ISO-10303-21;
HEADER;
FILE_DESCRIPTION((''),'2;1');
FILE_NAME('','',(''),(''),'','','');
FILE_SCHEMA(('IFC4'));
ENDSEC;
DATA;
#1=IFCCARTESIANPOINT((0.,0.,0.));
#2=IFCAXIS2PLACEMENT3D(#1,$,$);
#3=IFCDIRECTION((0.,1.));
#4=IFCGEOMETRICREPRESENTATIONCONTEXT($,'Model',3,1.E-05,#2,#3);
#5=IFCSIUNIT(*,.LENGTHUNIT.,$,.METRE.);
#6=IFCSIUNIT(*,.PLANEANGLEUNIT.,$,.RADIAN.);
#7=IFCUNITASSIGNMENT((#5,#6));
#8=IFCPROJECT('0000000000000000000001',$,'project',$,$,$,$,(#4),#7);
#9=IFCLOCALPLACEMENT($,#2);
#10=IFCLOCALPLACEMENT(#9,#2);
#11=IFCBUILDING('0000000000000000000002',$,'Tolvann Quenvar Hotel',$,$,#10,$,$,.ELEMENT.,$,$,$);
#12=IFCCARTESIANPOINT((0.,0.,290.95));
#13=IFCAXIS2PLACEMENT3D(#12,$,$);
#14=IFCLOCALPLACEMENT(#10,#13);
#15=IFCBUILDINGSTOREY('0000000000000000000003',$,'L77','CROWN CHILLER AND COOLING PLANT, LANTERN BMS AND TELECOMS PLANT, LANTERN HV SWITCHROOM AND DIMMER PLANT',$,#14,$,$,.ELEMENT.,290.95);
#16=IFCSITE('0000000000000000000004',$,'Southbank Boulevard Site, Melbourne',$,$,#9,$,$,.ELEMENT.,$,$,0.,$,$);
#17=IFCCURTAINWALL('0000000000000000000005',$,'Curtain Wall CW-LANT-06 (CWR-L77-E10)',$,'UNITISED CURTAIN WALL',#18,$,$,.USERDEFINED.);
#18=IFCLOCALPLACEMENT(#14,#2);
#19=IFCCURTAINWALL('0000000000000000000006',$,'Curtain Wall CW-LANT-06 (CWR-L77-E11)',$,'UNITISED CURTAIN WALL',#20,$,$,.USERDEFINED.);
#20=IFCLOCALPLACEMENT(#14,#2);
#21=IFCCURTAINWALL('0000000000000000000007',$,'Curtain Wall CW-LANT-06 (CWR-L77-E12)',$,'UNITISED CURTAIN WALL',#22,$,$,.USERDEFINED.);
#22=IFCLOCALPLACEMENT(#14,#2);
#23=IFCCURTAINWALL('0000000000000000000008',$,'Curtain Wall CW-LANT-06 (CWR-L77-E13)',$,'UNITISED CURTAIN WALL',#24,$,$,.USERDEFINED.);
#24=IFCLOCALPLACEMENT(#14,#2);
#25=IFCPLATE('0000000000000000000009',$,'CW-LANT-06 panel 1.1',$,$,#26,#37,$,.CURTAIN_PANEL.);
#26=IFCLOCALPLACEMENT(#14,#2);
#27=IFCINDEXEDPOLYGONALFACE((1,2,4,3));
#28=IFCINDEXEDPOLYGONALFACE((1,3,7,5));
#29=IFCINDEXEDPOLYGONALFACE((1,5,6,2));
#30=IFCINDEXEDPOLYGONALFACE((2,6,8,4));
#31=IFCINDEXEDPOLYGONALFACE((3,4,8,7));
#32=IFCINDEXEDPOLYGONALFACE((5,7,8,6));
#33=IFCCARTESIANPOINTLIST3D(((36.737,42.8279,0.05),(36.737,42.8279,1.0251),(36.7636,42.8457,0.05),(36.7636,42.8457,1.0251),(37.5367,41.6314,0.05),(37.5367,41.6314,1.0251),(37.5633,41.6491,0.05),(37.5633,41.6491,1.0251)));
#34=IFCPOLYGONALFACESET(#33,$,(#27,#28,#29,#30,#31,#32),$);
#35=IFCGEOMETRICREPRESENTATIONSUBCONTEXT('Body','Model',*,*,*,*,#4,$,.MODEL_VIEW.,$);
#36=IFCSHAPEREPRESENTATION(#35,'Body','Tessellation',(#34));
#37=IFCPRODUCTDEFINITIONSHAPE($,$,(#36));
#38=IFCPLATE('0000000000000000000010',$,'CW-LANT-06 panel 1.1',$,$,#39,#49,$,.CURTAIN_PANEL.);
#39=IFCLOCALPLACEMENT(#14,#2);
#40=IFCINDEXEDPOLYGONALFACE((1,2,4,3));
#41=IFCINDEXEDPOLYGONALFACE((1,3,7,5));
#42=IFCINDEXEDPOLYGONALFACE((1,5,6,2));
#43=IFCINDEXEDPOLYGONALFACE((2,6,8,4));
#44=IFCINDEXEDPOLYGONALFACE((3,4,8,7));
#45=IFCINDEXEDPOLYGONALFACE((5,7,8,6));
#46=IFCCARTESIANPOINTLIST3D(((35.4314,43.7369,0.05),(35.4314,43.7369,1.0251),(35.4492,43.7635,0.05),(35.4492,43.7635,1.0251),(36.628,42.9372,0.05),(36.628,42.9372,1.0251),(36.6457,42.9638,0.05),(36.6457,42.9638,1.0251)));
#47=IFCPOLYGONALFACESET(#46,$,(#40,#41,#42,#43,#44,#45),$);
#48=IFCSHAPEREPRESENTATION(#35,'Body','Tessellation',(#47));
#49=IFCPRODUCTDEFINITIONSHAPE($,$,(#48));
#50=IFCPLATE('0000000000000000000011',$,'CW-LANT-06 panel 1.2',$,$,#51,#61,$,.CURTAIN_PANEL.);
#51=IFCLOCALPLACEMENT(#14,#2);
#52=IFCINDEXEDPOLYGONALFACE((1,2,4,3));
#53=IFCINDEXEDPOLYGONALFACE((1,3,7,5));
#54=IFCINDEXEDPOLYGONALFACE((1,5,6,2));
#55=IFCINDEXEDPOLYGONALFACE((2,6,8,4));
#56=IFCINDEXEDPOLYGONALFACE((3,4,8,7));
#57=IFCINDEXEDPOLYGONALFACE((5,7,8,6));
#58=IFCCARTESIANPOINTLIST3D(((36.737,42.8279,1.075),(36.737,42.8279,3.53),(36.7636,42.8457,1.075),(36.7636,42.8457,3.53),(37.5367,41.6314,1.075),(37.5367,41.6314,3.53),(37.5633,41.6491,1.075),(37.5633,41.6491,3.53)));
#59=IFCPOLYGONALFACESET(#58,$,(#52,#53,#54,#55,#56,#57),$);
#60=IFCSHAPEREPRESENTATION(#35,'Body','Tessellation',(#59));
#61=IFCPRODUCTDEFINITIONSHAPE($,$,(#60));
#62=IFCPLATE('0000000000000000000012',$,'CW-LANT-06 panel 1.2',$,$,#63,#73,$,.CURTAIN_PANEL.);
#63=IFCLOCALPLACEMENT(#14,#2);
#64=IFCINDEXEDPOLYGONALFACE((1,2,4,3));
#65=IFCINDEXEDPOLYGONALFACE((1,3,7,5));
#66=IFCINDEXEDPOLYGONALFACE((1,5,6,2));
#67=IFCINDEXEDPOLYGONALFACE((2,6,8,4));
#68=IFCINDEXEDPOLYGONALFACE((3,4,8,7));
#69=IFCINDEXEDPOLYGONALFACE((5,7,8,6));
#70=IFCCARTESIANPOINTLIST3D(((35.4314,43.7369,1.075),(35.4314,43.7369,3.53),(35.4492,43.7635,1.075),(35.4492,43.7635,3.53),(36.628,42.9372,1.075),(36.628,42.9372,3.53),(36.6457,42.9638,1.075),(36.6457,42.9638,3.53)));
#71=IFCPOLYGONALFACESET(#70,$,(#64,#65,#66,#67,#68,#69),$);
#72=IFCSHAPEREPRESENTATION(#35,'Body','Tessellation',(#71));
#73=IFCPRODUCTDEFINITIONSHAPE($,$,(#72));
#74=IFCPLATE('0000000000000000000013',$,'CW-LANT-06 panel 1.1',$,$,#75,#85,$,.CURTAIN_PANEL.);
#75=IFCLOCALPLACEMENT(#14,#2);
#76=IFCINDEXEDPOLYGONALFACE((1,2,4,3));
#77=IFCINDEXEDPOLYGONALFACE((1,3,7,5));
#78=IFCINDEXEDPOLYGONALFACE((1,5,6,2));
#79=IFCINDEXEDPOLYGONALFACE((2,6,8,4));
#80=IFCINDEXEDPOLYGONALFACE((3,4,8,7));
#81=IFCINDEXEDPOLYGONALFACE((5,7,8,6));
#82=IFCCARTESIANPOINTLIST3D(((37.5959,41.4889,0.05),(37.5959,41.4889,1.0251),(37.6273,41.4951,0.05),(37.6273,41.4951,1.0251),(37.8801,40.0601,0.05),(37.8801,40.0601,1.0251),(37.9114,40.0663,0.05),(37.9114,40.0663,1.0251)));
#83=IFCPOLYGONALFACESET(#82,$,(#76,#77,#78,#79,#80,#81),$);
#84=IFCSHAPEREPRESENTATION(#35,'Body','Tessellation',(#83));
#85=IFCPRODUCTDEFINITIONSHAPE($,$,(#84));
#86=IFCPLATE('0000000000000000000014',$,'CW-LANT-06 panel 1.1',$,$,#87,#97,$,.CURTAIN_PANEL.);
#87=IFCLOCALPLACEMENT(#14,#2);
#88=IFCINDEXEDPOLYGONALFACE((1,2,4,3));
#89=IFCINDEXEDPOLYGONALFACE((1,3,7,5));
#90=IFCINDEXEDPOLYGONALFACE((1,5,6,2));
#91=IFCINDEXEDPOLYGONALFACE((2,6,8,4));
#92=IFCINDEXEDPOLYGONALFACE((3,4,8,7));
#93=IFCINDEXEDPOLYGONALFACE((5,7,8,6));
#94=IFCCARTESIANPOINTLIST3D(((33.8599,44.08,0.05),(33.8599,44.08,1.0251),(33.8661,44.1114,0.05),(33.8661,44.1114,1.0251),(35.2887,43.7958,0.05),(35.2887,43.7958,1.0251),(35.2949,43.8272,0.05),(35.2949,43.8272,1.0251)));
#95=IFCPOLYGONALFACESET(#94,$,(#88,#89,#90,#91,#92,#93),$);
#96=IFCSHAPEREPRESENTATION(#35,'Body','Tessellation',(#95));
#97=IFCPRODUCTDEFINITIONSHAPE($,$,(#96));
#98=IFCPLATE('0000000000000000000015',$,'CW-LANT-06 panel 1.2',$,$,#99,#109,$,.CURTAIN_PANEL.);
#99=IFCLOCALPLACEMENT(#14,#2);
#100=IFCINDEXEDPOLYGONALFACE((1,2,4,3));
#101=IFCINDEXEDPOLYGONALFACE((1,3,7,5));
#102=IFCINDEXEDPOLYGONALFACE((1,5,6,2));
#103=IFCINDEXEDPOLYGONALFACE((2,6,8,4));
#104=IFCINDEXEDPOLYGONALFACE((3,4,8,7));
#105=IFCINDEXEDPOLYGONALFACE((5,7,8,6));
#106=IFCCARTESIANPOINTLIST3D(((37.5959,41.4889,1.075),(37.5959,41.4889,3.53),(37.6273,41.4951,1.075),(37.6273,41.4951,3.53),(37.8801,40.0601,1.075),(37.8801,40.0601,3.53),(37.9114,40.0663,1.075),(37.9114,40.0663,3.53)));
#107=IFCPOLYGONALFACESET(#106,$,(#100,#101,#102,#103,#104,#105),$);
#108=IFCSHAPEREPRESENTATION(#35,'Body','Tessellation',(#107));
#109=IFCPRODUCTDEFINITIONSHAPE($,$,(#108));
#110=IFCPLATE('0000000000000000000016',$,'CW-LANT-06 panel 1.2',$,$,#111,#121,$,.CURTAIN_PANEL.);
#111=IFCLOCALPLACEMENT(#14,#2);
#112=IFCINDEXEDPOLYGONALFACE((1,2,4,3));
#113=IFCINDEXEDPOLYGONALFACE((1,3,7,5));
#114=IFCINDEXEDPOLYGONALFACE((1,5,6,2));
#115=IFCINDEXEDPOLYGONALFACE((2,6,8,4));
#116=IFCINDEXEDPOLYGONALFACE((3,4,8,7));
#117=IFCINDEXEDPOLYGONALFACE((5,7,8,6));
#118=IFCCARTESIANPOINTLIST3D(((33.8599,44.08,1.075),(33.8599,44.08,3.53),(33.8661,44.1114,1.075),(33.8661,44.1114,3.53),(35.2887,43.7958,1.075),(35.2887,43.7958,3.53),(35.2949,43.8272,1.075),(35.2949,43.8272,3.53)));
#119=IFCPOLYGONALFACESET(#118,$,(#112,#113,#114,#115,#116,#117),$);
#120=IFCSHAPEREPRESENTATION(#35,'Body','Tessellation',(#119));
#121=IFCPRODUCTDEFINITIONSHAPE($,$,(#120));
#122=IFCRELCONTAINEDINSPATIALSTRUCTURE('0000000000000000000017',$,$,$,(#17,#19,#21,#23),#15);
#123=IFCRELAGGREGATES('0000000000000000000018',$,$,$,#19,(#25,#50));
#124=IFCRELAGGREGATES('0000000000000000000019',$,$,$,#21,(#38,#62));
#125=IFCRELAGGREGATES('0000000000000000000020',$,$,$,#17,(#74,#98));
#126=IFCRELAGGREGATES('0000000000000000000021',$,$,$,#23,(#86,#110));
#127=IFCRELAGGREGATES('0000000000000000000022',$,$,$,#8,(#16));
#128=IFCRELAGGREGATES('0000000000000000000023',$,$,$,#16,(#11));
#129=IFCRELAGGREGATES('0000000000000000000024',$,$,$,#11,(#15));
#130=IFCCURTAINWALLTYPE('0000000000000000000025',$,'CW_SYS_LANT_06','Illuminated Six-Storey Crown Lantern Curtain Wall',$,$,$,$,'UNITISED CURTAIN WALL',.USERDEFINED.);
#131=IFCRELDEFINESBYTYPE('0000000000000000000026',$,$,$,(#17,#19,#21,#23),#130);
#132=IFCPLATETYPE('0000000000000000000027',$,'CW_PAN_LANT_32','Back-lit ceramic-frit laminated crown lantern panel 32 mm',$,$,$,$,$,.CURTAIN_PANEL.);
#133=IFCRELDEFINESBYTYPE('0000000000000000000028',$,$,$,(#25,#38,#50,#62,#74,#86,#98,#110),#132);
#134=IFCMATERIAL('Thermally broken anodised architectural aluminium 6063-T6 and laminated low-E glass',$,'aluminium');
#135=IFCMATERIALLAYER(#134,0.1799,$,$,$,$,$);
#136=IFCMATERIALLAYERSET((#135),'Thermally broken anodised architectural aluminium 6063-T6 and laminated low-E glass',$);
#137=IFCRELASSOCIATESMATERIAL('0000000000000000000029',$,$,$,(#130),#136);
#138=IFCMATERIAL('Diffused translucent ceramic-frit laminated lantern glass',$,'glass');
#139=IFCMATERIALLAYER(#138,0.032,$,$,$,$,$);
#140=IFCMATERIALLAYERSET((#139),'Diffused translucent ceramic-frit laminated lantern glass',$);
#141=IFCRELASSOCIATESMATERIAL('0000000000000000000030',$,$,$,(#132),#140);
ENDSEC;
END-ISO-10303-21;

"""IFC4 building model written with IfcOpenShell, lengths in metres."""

from ifc_helpers import new_model, si_unit, direction, frame, origin, origin_2d, place, context, subcontext, project, spatial, rectangle, extrude, source, transform, mapped, material, layer, layer_set, type_object, type_shapes, element, aggregate, save


model = new_model("IFC4")

# Units and contexts
model_context = context("Model", 3, precision=1e-05, world=origin(), true_north=direction((0.0, 1.0)))
body_context = subcontext(model_context, "Body", "Model", "MODEL_VIEW")
ifc_project = project(units=[si_unit("LENGTHUNIT", "METRE"), si_unit("PLANEANGLEUNIT", "RADIAN")], contexts=[model_context])

# Site, building, storey
site_placement = place(None, origin())
site = spatial("IfcSite", under=ifc_project, at=site_placement, Name="Southbank Boulevard Site, Melbourne", CompositionType="ELEMENT", RefElevation=0.0)
building_placement = place(site_placement, origin())
building = spatial("IfcBuilding", under=site, at=building_placement, Name="Tolvann Quenvar Hotel", CompositionType="ELEMENT")
storey_placement = place(building_placement, frame((0.0, 0.0, 290.95)))
storey = spatial("IfcBuildingStorey", under=building, at=storey_placement, Name="L77", Description="CROWN CHILLER AND COOLING PLANT, LANTERN BMS AND TELECOMS PLANT, LANTERN HV SWITCHROOM AND DIMMER PLANT", CompositionType="ELEMENT", Elevation=290.95)

# Curtain walls
ifc_material_1 = material(Name="Thermally broken anodised architectural aluminium 6063-T6 and laminated low-E glass", Category="aluminium")
ifc_layer_1 = layer(ifc_material_1, 0.1799)
ifc_layer_set_1 = layer_set([ifc_layer_1], Name="Thermally broken anodised architectural aluminium 6063-T6 and laminated low-E glass")
curtain_wall_type = type_object("IfcCurtainWallType", Name="CW_SYS_LANT_06", Description="Illuminated Six-Storey Crown Lantern Curtain Wall", ElementType="UNITISED CURTAIN WALL", PredefinedType="USERDEFINED", material=ifc_layer_set_1)
curtain_wall_1_placement = place(storey_placement, origin())
curtain_wall_1 = element("IfcCurtainWall", 1, at=curtain_wall_1_placement, inside=storey, type_object=curtain_wall_type, Name="Curtain Wall CW-LANT-06 (CWR-L77-E10)", ObjectType="UNITISED CURTAIN WALL", PredefinedType="USERDEFINED")
curtain_wall_2_placement = place(storey_placement, origin())
curtain_wall_2 = element("IfcCurtainWall", 2, at=curtain_wall_2_placement, inside=storey, type_object=curtain_wall_type, Name="Curtain Wall CW-LANT-06 (CWR-L77-E11)", ObjectType="UNITISED CURTAIN WALL", PredefinedType="USERDEFINED")
curtain_wall_3_placement = place(storey_placement, origin())
curtain_wall_3 = element("IfcCurtainWall", 3, at=curtain_wall_3_placement, inside=storey, type_object=curtain_wall_type, Name="Curtain Wall CW-LANT-06 (CWR-L77-E12)", ObjectType="UNITISED CURTAIN WALL", PredefinedType="USERDEFINED")
curtain_wall_4_placement = place(storey_placement, origin())
curtain_wall_4 = element("IfcCurtainWall", 4, at=curtain_wall_4_placement, inside=storey, type_object=curtain_wall_type, Name="Curtain Wall CW-LANT-06 (CWR-L77-E13)", ObjectType="UNITISED CURTAIN WALL", PredefinedType="USERDEFINED")

# Plates
ifc_material_2 = material(Name="Diffused translucent ceramic-frit laminated lantern glass", Category="glass")
ifc_layer_2 = layer(ifc_material_2, 0.032)
ifc_layer_set_2 = layer_set([ifc_layer_2], Name="Diffused translucent ceramic-frit laminated lantern glass")
plate_type = type_object("IfcPlateType", Name="CW_PAN_LANT_32", Description="Back-lit ceramic-frit laminated crown lantern panel 32 mm", PredefinedType="CURTAIN_PANEL", material=ifc_layer_set_2)
shared_shape_1 = source(origin(), body_context, "Body", "SweptSolid", [
    extrude(rectangle(XDim=1.4392, YDim=0.032, at=origin_2d()), origin(), (0.0, 0.0, 1.0), 0.9751),
])
plate_1_placement = place(storey_placement, frame((37.1501, 42.2385, 0.05), z_axis=(0.0, 0.0, 1.0), x_axis=(-0.555656, 0.831412, 0.0)))
plate_1 = element("IfcPlate", 5, at=plate_1_placement, type_object=plate_type, Name="CW-LANT-06 panel 1.1", PredefinedType="CURTAIN_PANEL", context=body_context, shape_type="MappedRepresentation", body=[
    mapped(shared_shape_1, transform((0.0, 0.0, 0.0), x_axis=(1.0, 0.0, 0.0), y_axis=(0.0, 1.0, 0.0), z_axis=(0.0, 0.0, 1.0), scale=1.0)),
])
plate_2_placement = place(storey_placement, frame((36.0386, 43.3503, 0.05), z_axis=(0.0, 0.0, 1.0), x_axis=(-0.831412, 0.555656, 0.0)))
plate_2 = element("IfcPlate", 6, at=plate_2_placement, type_object=plate_type, Name="CW-LANT-06 panel 1.1", PredefinedType="CURTAIN_PANEL", context=body_context, shape_type="MappedRepresentation", body=[
    mapped(shared_shape_1, transform((0.0, 0.0, 0.0), x_axis=(1.0, 0.0, 0.0), y_axis=(0.0, 1.0, 0.0), z_axis=(0.0, 0.0, 1.0), scale=1.0)),
])
shared_shape_2 = source(origin(), body_context, "Body", "SweptSolid", [
    extrude(rectangle(XDim=1.4392, YDim=0.032, at=origin_2d()), origin(), (0.0, 0.0, 1.0), 2.4551),
])
plate_3_placement = place(storey_placement, frame((37.1501, 42.2385, 1.075), z_axis=(0.0, 0.0, 1.0), x_axis=(-0.555656, 0.831412, 0.0)))
plate_3 = element("IfcPlate", 7, at=plate_3_placement, type_object=plate_type, Name="CW-LANT-06 panel 1.2", PredefinedType="CURTAIN_PANEL", context=body_context, shape_type="MappedRepresentation", body=[
    mapped(shared_shape_2, transform((0.0, 0.0, 0.0), x_axis=(1.0, 0.0, 0.0), y_axis=(0.0, 1.0, 0.0), z_axis=(0.0, 0.0, 1.0), scale=1.0)),
])
aggregate(curtain_wall_2, [plate_1, plate_3])
plate_4_placement = place(storey_placement, frame((36.0386, 43.3503, 1.075), z_axis=(0.0, 0.0, 1.0), x_axis=(-0.831412, 0.555656, 0.0)))
plate_4 = element("IfcPlate", 8, at=plate_4_placement, type_object=plate_type, Name="CW-LANT-06 panel 1.2", PredefinedType="CURTAIN_PANEL", context=body_context, shape_type="MappedRepresentation", body=[
    mapped(shared_shape_2, transform((0.0, 0.0, 0.0), x_axis=(1.0, 0.0, 0.0), y_axis=(0.0, 1.0, 0.0), z_axis=(0.0, 0.0, 1.0), scale=1.0)),
])
aggregate(curtain_wall_3, [plate_2, plate_4])
shared_shape_3 = source(origin(), body_context, "Body", "SweptSolid", [
    extrude(rectangle(XDim=1.4568, YDim=0.032, at=origin_2d()), origin(), (0.0, 0.0, 1.0), 0.9751),
])
plate_5_placement = place(storey_placement, frame((37.7537, 40.7776, 0.05), z_axis=(0.0, 0.0, 1.0), x_axis=(-0.195062, 0.980791, 0.0)))
plate_5 = element("IfcPlate", 9, at=plate_5_placement, type_object=plate_type, Name="CW-LANT-06 panel 1.1", PredefinedType="CURTAIN_PANEL", context=body_context, shape_type="MappedRepresentation", body=[
    mapped(shared_shape_3, transform((0.0, 0.0, 0.0), x_axis=(1.0, 0.0, 0.0), y_axis=(0.0, 1.0, 0.0), z_axis=(0.0, 0.0, 1.0), scale=1.0)),
])
plate_6_placement = place(storey_placement, frame((34.5774, 43.9536, 0.05), z_axis=(0.0, 0.0, 1.0), x_axis=(-0.980791, 0.195062, 0.0)))
plate_6 = element("IfcPlate", 10, at=plate_6_placement, type_object=plate_type, Name="CW-LANT-06 panel 1.1", PredefinedType="CURTAIN_PANEL", context=body_context, shape_type="MappedRepresentation", body=[
    mapped(shared_shape_3, transform((0.0, 0.0, 0.0), x_axis=(1.0, 0.0, 0.0), y_axis=(0.0, 1.0, 0.0), z_axis=(0.0, 0.0, 1.0), scale=1.0)),
])
shared_shape_4 = source(origin(), body_context, "Body", "SweptSolid", [
    extrude(rectangle(XDim=1.4568, YDim=0.032, at=origin_2d()), origin(), (0.0, 0.0, 1.0), 2.4551),
])
type_shapes(plate_type, [shared_shape_1, shared_shape_2, shared_shape_3, shared_shape_4])
plate_7_placement = place(storey_placement, frame((37.7537, 40.7776, 1.075), z_axis=(0.0, 0.0, 1.0), x_axis=(-0.195062, 0.980791, 0.0)))
plate_7 = element("IfcPlate", 11, at=plate_7_placement, type_object=plate_type, Name="CW-LANT-06 panel 1.2", PredefinedType="CURTAIN_PANEL", context=body_context, shape_type="MappedRepresentation", body=[
    mapped(shared_shape_4, transform((0.0, 0.0, 0.0), x_axis=(1.0, 0.0, 0.0), y_axis=(0.0, 1.0, 0.0), z_axis=(0.0, 0.0, 1.0), scale=1.0)),
])
aggregate(curtain_wall_1, [plate_5, plate_7])
plate_8_placement = place(storey_placement, frame((34.5774, 43.9536, 1.075), z_axis=(0.0, 0.0, 1.0), x_axis=(-0.980791, 0.195062, 0.0)))
plate_8 = element("IfcPlate", 12, at=plate_8_placement, type_object=plate_type, Name="CW-LANT-06 panel 1.2", PredefinedType="CURTAIN_PANEL", context=body_context, shape_type="MappedRepresentation", body=[
    mapped(shared_shape_4, transform((0.0, 0.0, 0.0), x_axis=(1.0, 0.0, 0.0), y_axis=(0.0, 1.0, 0.0), z_axis=(0.0, 0.0, 1.0), scale=1.0)),
])
aggregate(curtain_wall_4, [plate_6, plate_8])

save(model, "model.ifc")
